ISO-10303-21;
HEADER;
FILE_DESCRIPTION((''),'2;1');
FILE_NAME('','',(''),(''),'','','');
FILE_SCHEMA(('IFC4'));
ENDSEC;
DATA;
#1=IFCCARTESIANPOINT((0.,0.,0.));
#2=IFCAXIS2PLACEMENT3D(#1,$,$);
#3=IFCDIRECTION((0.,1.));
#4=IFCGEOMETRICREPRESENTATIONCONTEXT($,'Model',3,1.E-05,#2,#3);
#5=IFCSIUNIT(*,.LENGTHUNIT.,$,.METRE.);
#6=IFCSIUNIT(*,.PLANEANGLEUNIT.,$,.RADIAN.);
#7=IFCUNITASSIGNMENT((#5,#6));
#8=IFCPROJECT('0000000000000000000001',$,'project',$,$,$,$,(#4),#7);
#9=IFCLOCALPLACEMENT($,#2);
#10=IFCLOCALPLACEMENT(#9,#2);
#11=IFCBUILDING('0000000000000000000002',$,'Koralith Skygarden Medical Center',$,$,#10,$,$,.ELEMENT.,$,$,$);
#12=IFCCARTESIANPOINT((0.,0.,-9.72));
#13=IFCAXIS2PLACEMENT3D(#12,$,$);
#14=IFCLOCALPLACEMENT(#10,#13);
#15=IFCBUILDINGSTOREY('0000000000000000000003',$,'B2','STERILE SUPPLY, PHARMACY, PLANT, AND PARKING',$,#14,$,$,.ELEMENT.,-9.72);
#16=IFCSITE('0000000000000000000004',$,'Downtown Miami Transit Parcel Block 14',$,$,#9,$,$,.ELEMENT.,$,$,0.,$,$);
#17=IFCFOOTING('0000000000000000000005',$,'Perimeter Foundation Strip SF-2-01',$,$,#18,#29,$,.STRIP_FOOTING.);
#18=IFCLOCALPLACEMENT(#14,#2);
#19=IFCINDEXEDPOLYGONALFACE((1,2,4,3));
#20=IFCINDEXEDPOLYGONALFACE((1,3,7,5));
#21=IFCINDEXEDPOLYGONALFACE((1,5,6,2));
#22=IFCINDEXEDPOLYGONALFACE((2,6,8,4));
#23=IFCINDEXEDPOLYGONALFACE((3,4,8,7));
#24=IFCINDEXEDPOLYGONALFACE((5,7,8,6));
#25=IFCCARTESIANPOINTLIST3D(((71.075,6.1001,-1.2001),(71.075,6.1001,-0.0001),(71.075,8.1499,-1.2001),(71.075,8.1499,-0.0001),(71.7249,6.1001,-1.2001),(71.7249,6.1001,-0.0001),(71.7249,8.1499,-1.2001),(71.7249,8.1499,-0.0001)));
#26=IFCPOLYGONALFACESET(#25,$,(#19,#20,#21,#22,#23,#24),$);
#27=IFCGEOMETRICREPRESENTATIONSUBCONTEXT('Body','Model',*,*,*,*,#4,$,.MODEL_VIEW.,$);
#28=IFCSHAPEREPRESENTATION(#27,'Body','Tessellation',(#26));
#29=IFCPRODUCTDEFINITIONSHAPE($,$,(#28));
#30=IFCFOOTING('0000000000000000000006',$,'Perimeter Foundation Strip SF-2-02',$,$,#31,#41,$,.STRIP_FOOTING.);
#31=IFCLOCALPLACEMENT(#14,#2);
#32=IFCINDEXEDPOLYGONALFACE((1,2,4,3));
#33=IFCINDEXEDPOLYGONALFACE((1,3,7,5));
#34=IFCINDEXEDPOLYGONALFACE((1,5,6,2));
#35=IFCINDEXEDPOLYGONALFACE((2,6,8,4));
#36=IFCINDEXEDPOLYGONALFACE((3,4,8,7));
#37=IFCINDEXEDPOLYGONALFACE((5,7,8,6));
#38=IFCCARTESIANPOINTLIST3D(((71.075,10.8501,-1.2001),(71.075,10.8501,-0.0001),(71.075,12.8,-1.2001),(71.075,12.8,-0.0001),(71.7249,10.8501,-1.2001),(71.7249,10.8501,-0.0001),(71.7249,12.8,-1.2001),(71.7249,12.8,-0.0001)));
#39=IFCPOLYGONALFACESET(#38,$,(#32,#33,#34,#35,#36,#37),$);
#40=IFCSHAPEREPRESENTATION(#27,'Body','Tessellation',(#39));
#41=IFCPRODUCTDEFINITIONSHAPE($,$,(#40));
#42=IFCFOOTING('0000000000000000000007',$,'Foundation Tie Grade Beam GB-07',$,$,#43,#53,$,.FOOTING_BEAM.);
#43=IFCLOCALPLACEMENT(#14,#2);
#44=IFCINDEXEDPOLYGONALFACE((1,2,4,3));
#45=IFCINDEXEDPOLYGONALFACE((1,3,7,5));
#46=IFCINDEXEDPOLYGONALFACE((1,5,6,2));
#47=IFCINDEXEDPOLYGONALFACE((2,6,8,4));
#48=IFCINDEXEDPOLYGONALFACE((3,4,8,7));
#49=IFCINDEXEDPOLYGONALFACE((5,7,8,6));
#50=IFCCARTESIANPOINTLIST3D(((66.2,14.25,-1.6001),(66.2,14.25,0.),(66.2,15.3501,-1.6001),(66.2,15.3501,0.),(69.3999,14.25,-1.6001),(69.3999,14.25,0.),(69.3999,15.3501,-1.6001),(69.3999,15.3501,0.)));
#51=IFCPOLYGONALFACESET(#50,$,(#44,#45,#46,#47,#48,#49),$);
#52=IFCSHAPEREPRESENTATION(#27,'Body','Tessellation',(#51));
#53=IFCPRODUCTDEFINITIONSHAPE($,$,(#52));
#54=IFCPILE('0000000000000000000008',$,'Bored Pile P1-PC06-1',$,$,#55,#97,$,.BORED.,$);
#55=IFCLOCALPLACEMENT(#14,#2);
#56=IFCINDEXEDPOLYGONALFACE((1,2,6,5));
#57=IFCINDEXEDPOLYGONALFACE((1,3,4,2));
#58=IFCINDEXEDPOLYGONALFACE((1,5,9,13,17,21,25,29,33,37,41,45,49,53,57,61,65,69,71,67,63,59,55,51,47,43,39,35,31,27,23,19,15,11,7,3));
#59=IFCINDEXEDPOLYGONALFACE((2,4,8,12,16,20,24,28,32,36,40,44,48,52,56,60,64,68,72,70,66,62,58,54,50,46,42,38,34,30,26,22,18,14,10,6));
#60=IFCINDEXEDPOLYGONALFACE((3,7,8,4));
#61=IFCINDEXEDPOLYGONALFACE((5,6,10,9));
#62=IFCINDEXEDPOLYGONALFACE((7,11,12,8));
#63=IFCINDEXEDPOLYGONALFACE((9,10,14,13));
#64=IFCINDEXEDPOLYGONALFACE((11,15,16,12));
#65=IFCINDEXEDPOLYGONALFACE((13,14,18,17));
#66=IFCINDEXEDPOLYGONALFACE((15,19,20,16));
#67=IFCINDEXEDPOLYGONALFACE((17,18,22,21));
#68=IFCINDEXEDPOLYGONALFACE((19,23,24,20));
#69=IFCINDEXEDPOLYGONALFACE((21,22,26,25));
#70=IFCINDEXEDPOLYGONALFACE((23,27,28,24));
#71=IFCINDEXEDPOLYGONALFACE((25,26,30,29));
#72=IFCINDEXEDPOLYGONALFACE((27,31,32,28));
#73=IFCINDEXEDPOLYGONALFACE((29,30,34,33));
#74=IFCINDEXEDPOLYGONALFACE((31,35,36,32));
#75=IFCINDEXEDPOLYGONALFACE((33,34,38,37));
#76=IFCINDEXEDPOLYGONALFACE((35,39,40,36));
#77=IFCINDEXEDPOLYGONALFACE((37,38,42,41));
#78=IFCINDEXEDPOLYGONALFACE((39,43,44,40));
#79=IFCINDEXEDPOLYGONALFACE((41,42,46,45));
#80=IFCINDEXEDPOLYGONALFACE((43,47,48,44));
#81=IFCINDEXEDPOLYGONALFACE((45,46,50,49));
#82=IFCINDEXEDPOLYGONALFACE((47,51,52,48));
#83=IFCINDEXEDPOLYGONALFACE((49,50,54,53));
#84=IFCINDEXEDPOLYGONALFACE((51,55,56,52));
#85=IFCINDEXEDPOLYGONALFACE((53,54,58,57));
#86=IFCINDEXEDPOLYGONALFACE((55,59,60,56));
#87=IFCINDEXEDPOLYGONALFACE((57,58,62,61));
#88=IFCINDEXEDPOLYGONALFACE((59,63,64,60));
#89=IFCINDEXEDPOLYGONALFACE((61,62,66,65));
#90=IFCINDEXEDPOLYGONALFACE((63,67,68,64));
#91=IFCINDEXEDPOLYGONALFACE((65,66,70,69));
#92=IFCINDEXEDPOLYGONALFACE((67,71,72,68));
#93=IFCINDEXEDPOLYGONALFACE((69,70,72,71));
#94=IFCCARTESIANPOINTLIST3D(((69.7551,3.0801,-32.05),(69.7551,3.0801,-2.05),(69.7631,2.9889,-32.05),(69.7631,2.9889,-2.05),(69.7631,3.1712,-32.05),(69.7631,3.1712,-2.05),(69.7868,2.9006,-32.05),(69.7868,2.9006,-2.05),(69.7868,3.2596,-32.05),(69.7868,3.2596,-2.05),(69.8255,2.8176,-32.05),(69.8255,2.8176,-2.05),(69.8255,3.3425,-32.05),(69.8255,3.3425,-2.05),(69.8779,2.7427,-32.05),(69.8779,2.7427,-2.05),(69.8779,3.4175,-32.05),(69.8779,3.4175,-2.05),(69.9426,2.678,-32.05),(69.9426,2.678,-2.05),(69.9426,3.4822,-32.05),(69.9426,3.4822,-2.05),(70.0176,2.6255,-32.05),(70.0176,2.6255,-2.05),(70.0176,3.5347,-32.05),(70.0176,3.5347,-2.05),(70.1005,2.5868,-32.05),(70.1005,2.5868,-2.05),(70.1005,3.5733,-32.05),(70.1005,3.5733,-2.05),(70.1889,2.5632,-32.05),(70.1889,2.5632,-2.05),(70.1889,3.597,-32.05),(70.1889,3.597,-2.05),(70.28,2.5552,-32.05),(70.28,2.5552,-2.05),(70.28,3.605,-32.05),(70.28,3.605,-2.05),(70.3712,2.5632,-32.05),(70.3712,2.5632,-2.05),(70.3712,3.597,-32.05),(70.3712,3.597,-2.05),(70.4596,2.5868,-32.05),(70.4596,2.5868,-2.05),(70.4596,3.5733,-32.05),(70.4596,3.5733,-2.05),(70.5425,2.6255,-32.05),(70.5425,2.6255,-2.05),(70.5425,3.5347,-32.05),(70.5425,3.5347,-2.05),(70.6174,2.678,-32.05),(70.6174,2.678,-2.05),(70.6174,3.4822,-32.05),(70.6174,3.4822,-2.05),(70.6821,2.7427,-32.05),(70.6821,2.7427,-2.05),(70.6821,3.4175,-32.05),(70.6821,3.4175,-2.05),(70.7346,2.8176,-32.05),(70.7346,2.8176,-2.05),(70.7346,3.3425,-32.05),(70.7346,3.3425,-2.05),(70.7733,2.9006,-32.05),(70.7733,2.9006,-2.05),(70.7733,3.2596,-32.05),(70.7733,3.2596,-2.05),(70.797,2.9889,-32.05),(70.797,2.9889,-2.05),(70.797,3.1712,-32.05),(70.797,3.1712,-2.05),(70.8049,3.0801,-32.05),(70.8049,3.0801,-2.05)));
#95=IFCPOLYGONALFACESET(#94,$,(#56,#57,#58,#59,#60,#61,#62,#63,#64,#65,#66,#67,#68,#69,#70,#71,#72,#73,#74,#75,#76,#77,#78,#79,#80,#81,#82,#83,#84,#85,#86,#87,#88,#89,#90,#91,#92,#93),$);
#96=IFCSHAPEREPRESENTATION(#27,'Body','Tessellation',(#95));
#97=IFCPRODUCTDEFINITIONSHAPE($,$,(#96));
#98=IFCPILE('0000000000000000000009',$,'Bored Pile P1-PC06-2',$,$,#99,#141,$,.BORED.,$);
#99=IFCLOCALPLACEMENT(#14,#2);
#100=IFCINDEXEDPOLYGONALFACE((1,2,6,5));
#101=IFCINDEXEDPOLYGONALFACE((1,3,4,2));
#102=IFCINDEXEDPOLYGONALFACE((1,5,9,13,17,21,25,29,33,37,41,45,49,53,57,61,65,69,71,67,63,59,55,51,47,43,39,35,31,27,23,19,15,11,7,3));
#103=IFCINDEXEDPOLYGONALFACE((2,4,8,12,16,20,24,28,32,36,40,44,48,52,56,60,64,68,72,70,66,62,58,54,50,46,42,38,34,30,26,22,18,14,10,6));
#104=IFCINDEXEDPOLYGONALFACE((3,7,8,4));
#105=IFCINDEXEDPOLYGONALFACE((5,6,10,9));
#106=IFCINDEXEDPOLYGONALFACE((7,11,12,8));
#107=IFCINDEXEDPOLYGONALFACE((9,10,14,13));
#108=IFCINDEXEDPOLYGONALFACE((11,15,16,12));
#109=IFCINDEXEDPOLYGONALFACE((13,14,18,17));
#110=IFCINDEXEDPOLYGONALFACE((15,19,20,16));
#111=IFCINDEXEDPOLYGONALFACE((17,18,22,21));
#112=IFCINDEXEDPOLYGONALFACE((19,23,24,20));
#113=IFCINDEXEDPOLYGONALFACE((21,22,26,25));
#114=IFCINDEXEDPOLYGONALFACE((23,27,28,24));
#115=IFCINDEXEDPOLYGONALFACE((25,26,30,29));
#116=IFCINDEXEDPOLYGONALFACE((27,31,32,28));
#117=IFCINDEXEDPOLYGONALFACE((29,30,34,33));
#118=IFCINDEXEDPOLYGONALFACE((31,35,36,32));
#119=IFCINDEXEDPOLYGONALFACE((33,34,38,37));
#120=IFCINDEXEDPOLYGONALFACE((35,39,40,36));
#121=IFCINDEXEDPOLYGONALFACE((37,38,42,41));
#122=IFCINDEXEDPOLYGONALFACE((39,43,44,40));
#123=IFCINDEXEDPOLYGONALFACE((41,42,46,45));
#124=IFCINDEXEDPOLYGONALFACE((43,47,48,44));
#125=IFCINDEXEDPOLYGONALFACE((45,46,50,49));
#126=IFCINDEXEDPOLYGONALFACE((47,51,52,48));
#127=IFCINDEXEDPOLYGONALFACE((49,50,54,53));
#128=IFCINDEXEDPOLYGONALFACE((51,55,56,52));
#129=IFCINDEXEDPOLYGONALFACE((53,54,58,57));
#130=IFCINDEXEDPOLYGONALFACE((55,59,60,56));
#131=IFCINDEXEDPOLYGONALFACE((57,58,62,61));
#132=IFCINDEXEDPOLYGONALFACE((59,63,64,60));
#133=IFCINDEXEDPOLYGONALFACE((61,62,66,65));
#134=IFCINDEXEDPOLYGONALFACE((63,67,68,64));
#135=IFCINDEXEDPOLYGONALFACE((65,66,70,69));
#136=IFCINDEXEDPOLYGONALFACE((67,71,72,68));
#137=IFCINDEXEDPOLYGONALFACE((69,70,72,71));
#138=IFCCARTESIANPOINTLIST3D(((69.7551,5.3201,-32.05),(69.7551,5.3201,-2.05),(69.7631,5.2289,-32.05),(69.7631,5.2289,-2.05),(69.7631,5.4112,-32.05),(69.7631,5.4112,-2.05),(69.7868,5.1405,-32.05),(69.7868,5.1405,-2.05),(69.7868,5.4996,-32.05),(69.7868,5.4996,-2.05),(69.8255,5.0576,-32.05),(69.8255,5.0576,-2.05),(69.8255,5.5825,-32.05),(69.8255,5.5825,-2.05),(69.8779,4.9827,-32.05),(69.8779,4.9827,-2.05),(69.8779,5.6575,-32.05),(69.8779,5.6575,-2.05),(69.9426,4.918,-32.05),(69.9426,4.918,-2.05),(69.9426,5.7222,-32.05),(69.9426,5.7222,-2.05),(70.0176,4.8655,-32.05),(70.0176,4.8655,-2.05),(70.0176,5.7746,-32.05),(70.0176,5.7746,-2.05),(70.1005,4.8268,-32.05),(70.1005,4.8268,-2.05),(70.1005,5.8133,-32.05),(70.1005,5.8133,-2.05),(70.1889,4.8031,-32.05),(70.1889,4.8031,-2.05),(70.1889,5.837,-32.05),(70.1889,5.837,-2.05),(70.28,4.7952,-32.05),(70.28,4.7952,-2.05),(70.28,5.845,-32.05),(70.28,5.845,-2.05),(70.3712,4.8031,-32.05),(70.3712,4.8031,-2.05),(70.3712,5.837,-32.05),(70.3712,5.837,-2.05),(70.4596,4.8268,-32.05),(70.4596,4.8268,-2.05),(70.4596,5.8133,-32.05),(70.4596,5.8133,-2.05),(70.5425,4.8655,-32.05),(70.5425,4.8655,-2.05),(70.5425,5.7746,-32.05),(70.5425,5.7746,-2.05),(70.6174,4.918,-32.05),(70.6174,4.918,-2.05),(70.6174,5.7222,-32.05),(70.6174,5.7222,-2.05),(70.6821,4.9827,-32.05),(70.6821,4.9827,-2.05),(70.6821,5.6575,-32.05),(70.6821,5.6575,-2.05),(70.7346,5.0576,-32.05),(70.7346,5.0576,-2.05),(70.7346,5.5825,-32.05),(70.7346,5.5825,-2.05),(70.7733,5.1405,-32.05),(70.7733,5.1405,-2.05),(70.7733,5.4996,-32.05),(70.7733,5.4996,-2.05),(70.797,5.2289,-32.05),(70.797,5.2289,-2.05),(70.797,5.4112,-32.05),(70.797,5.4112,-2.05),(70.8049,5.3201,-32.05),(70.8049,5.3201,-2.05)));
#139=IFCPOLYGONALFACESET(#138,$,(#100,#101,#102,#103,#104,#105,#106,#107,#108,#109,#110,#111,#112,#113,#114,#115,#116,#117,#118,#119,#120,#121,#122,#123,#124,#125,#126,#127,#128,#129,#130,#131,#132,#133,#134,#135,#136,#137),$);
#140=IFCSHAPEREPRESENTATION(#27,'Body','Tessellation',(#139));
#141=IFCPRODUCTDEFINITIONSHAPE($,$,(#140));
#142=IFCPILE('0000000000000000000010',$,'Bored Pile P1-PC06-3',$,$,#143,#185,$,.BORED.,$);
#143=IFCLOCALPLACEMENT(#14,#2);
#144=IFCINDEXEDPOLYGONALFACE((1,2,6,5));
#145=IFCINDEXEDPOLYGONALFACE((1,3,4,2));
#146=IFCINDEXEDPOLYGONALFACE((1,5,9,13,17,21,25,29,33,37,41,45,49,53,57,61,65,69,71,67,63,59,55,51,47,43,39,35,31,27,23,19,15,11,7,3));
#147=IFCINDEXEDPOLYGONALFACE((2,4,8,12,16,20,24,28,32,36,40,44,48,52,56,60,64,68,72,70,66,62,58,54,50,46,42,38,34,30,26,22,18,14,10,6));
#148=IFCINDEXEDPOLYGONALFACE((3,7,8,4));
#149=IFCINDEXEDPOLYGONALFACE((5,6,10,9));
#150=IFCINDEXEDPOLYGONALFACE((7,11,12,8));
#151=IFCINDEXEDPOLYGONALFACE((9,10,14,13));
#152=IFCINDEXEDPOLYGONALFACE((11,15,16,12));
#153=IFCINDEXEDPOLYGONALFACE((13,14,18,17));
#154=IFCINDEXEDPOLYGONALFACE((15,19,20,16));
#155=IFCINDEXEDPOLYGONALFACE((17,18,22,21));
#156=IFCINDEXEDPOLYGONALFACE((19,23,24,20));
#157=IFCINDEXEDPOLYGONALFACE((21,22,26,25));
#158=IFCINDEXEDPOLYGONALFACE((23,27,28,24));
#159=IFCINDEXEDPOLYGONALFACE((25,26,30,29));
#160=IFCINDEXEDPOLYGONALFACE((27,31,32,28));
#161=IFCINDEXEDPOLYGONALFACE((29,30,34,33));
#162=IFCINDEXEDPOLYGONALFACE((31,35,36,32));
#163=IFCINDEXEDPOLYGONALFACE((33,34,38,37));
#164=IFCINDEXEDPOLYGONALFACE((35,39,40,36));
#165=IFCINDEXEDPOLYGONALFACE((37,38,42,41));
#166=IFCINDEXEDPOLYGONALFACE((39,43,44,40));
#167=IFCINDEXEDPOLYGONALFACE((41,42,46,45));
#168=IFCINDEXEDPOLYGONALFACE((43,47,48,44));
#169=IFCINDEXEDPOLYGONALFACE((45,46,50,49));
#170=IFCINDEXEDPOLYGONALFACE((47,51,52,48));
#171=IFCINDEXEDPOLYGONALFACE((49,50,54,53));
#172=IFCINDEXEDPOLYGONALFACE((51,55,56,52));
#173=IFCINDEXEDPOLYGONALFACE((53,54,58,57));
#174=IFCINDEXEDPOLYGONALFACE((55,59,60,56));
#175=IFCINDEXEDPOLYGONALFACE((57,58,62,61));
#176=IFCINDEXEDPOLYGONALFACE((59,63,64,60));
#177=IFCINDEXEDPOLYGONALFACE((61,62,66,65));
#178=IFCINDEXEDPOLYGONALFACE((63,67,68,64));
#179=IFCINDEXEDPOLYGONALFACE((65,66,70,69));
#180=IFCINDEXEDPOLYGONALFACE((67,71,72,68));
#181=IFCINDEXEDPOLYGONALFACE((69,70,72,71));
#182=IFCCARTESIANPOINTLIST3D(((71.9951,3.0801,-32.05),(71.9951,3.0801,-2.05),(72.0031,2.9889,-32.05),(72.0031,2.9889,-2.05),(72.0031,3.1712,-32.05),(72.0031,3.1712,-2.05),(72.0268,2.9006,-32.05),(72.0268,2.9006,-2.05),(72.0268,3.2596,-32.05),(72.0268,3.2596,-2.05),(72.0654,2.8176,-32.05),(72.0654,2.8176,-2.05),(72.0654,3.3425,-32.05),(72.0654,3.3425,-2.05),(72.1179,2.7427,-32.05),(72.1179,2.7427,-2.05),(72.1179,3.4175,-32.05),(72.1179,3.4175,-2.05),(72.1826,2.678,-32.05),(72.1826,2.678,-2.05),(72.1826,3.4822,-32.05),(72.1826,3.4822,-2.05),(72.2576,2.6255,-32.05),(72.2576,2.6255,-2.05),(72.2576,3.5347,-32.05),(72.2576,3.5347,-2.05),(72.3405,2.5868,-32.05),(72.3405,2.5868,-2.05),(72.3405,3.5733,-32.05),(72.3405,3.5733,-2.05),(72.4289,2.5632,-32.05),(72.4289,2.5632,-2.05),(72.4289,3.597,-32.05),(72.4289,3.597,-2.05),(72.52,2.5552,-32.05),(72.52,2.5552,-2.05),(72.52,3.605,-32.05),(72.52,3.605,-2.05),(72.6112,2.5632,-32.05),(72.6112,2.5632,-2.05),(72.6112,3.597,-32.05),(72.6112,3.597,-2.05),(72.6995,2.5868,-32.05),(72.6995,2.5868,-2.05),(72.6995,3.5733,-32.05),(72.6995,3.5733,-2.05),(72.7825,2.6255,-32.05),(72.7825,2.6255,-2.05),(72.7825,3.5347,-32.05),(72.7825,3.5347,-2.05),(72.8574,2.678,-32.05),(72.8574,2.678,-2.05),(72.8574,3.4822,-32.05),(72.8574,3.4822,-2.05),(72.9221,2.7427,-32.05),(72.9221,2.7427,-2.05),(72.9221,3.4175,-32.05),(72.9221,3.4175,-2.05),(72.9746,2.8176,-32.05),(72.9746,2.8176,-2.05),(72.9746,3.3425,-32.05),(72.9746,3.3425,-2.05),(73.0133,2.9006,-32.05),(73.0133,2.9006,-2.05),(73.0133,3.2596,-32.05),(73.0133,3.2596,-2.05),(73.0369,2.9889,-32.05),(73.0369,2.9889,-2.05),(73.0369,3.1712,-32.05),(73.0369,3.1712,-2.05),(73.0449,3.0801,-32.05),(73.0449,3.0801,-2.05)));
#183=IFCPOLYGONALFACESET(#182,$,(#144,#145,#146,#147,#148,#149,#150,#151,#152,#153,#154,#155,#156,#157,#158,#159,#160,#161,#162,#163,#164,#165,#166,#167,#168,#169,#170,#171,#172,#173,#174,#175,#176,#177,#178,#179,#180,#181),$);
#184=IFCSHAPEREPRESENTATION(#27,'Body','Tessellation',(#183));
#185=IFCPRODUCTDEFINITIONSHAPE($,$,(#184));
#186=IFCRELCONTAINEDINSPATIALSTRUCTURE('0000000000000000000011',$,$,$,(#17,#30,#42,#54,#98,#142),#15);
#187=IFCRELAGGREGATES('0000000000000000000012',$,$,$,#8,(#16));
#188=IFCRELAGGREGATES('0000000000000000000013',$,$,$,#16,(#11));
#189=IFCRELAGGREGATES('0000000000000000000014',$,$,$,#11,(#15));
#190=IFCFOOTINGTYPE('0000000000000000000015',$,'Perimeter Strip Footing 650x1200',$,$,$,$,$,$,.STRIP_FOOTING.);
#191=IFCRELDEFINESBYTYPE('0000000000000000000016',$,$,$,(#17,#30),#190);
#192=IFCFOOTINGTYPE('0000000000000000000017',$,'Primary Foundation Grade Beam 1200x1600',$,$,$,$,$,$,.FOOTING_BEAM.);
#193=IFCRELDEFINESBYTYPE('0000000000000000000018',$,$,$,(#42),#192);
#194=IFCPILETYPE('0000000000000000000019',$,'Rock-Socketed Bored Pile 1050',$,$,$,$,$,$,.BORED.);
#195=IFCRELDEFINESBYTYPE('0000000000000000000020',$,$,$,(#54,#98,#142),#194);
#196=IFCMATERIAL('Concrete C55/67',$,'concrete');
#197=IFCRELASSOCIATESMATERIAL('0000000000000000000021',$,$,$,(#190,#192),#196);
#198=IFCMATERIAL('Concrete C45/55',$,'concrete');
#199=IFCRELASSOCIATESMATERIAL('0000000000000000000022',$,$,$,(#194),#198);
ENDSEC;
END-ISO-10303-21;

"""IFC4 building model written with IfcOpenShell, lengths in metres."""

from ifc_helpers import new_model, si_unit, direction, frame, origin, origin_2d, place, context, subcontext, project, spatial, rectangle, circle, extrude, material, material_profile, profile_set, type_object, element, save


model = new_model("IFC4")

# Units and contexts
model_context = context("Model", 3, precision=1e-05, world=origin(), true_north=direction((0.0, 1.0)))
body_context = subcontext(model_context, "Body", "Model", "MODEL_VIEW")
ifc_project = project(units=[si_unit("LENGTHUNIT", "METRE"), si_unit("PLANEANGLEUNIT", "RADIAN")], contexts=[model_context])

# Site, building, storey
site_placement = place(None, origin())
site = spatial("IfcSite", under=ifc_project, at=site_placement, Name="Downtown Miami Transit Parcel Block 14", CompositionType="ELEMENT", RefElevation=0.0)
building_placement = place(site_placement, origin())
building = spatial("IfcBuilding", under=site, at=building_placement, Name="Koralith Skygarden Medical Center", CompositionType="ELEMENT")
storey_placement = place(building_placement, frame((0.0, 0.0, -9.72)))
storey = spatial("IfcBuildingStorey", under=building, at=storey_placement, Name="B2", Description="STERILE SUPPLY, PHARMACY, PLANT, AND PARKING", CompositionType="ELEMENT", Elevation=-9.72)

# Footings
ifc_material_1 = material(Name="Concrete C55/67", Category="concrete")
ifc_material_profile_1 = material_profile(ifc_material_1, rectangle(XDim=0.6499, YDim=1.2, at=origin_2d()), Name="SF650X1200")
ifc_profile_set_1 = profile_set([ifc_material_profile_1], Name="Concrete C55/67")
footing_type_1 = type_object("IfcFootingType", Name="Perimeter Strip Footing 650x1200", PredefinedType="STRIP_FOOTING", material=ifc_profile_set_1)
footing_1_placement = place(storey_placement, frame((71.3999, 6.1001, -0.6001), z_axis=(0.0, 1.0, 0.0), x_axis=(-1.0, 0.0, 0.0)))
element("IfcFooting", 1, at=footing_1_placement, inside=storey, type_object=footing_type_1, Name="Perimeter Foundation Strip SF-2-01", PredefinedType="STRIP_FOOTING", context=body_context, shape_type="SweptSolid", body=[
    extrude(rectangle(XDim=0.6499, YDim=1.2, at=origin_2d()), origin(), (0.0, 0.0, 1.0), 2.0498),
])
footing_2_placement = place(storey_placement, frame((71.3999, 10.8501, -0.6001), z_axis=(0.0, 1.0, 0.0), x_axis=(-1.0, 0.0, 0.0)))
element("IfcFooting", 2, at=footing_2_placement, inside=storey, type_object=footing_type_1, Name="Perimeter Foundation Strip SF-2-02", PredefinedType="STRIP_FOOTING", context=body_context, shape_type="SweptSolid", body=[
    extrude(rectangle(XDim=0.6499, YDim=1.2, at=origin_2d()), origin(), (0.0, 0.0, 1.0), 1.95),
])
ifc_material_profile_2 = material_profile(ifc_material_1, rectangle(XDim=1.1001, YDim=1.6001, at=origin_2d()), Name="RCB1100X1600")
ifc_profile_set_2 = profile_set([ifc_material_profile_2], Name="Concrete C55/67")
footing_type_2 = type_object("IfcFootingType", Name="Primary Foundation Grade Beam 1200x1600", PredefinedType="FOOTING_BEAM", material=ifc_profile_set_2)
footing_3_placement = place(storey_placement, frame((66.2, 14.8, -0.8), z_axis=(1.0, 0.0, 0.0), x_axis=(0.0, 1.0, 0.0)))
element("IfcFooting", 3, at=footing_3_placement, inside=storey, type_object=footing_type_2, Name="Foundation Tie Grade Beam GB-07", PredefinedType="FOOTING_BEAM", context=body_context, shape_type="SweptSolid", body=[
    extrude(rectangle(XDim=1.1001, YDim=1.6001, at=origin_2d()), origin(), (0.0, 0.0, 1.0), 3.2),
])

# Piles
ifc_material_2 = material(Name="Concrete C45/55", Category="concrete")
ifc_material_profile_3 = material_profile(ifc_material_2, circle(Radius=0.5249, at=origin_2d()), Name="PILE1050")
ifc_profile_set_3 = profile_set([ifc_material_profile_3], Name="Concrete C45/55")
pile_type = type_object("IfcPileType", Name="Rock-Socketed Bored Pile 1050", PredefinedType="BORED", material=ifc_profile_set_3)
for number, where, z_axis, x_axis, name in (
    (4, (70.28, 3.0801, -2.05), (0.0, 0.0, -1.0), (1.0, 0.0, 0.0), "Bored Pile P1-PC06-1"),
    (5, (70.28, 5.3201, -2.05), (0.0, 0.0, -1.0), (1.0, 0.0, 0.0), "Bored Pile P1-PC06-2"),
    (6, (72.52, 3.0801, -2.05), (0.0, 0.0, -1.0), (1.0, 0.0, 0.0), "Bored Pile P1-PC06-3"),
):
    element("IfcPile", number, at=place(storey_placement, frame(where, z_axis=z_axis, x_axis=x_axis)), inside=storey, type_object=pile_type, Name=name, PredefinedType="BORED", context=body_context, shape_type="SweptSolid", body=[
        extrude(circle(Radius=0.5249, at=origin_2d()), origin(), (0.0, 0.0, 1.0), 30.0),
    ])

save(model, "model.ifc")
